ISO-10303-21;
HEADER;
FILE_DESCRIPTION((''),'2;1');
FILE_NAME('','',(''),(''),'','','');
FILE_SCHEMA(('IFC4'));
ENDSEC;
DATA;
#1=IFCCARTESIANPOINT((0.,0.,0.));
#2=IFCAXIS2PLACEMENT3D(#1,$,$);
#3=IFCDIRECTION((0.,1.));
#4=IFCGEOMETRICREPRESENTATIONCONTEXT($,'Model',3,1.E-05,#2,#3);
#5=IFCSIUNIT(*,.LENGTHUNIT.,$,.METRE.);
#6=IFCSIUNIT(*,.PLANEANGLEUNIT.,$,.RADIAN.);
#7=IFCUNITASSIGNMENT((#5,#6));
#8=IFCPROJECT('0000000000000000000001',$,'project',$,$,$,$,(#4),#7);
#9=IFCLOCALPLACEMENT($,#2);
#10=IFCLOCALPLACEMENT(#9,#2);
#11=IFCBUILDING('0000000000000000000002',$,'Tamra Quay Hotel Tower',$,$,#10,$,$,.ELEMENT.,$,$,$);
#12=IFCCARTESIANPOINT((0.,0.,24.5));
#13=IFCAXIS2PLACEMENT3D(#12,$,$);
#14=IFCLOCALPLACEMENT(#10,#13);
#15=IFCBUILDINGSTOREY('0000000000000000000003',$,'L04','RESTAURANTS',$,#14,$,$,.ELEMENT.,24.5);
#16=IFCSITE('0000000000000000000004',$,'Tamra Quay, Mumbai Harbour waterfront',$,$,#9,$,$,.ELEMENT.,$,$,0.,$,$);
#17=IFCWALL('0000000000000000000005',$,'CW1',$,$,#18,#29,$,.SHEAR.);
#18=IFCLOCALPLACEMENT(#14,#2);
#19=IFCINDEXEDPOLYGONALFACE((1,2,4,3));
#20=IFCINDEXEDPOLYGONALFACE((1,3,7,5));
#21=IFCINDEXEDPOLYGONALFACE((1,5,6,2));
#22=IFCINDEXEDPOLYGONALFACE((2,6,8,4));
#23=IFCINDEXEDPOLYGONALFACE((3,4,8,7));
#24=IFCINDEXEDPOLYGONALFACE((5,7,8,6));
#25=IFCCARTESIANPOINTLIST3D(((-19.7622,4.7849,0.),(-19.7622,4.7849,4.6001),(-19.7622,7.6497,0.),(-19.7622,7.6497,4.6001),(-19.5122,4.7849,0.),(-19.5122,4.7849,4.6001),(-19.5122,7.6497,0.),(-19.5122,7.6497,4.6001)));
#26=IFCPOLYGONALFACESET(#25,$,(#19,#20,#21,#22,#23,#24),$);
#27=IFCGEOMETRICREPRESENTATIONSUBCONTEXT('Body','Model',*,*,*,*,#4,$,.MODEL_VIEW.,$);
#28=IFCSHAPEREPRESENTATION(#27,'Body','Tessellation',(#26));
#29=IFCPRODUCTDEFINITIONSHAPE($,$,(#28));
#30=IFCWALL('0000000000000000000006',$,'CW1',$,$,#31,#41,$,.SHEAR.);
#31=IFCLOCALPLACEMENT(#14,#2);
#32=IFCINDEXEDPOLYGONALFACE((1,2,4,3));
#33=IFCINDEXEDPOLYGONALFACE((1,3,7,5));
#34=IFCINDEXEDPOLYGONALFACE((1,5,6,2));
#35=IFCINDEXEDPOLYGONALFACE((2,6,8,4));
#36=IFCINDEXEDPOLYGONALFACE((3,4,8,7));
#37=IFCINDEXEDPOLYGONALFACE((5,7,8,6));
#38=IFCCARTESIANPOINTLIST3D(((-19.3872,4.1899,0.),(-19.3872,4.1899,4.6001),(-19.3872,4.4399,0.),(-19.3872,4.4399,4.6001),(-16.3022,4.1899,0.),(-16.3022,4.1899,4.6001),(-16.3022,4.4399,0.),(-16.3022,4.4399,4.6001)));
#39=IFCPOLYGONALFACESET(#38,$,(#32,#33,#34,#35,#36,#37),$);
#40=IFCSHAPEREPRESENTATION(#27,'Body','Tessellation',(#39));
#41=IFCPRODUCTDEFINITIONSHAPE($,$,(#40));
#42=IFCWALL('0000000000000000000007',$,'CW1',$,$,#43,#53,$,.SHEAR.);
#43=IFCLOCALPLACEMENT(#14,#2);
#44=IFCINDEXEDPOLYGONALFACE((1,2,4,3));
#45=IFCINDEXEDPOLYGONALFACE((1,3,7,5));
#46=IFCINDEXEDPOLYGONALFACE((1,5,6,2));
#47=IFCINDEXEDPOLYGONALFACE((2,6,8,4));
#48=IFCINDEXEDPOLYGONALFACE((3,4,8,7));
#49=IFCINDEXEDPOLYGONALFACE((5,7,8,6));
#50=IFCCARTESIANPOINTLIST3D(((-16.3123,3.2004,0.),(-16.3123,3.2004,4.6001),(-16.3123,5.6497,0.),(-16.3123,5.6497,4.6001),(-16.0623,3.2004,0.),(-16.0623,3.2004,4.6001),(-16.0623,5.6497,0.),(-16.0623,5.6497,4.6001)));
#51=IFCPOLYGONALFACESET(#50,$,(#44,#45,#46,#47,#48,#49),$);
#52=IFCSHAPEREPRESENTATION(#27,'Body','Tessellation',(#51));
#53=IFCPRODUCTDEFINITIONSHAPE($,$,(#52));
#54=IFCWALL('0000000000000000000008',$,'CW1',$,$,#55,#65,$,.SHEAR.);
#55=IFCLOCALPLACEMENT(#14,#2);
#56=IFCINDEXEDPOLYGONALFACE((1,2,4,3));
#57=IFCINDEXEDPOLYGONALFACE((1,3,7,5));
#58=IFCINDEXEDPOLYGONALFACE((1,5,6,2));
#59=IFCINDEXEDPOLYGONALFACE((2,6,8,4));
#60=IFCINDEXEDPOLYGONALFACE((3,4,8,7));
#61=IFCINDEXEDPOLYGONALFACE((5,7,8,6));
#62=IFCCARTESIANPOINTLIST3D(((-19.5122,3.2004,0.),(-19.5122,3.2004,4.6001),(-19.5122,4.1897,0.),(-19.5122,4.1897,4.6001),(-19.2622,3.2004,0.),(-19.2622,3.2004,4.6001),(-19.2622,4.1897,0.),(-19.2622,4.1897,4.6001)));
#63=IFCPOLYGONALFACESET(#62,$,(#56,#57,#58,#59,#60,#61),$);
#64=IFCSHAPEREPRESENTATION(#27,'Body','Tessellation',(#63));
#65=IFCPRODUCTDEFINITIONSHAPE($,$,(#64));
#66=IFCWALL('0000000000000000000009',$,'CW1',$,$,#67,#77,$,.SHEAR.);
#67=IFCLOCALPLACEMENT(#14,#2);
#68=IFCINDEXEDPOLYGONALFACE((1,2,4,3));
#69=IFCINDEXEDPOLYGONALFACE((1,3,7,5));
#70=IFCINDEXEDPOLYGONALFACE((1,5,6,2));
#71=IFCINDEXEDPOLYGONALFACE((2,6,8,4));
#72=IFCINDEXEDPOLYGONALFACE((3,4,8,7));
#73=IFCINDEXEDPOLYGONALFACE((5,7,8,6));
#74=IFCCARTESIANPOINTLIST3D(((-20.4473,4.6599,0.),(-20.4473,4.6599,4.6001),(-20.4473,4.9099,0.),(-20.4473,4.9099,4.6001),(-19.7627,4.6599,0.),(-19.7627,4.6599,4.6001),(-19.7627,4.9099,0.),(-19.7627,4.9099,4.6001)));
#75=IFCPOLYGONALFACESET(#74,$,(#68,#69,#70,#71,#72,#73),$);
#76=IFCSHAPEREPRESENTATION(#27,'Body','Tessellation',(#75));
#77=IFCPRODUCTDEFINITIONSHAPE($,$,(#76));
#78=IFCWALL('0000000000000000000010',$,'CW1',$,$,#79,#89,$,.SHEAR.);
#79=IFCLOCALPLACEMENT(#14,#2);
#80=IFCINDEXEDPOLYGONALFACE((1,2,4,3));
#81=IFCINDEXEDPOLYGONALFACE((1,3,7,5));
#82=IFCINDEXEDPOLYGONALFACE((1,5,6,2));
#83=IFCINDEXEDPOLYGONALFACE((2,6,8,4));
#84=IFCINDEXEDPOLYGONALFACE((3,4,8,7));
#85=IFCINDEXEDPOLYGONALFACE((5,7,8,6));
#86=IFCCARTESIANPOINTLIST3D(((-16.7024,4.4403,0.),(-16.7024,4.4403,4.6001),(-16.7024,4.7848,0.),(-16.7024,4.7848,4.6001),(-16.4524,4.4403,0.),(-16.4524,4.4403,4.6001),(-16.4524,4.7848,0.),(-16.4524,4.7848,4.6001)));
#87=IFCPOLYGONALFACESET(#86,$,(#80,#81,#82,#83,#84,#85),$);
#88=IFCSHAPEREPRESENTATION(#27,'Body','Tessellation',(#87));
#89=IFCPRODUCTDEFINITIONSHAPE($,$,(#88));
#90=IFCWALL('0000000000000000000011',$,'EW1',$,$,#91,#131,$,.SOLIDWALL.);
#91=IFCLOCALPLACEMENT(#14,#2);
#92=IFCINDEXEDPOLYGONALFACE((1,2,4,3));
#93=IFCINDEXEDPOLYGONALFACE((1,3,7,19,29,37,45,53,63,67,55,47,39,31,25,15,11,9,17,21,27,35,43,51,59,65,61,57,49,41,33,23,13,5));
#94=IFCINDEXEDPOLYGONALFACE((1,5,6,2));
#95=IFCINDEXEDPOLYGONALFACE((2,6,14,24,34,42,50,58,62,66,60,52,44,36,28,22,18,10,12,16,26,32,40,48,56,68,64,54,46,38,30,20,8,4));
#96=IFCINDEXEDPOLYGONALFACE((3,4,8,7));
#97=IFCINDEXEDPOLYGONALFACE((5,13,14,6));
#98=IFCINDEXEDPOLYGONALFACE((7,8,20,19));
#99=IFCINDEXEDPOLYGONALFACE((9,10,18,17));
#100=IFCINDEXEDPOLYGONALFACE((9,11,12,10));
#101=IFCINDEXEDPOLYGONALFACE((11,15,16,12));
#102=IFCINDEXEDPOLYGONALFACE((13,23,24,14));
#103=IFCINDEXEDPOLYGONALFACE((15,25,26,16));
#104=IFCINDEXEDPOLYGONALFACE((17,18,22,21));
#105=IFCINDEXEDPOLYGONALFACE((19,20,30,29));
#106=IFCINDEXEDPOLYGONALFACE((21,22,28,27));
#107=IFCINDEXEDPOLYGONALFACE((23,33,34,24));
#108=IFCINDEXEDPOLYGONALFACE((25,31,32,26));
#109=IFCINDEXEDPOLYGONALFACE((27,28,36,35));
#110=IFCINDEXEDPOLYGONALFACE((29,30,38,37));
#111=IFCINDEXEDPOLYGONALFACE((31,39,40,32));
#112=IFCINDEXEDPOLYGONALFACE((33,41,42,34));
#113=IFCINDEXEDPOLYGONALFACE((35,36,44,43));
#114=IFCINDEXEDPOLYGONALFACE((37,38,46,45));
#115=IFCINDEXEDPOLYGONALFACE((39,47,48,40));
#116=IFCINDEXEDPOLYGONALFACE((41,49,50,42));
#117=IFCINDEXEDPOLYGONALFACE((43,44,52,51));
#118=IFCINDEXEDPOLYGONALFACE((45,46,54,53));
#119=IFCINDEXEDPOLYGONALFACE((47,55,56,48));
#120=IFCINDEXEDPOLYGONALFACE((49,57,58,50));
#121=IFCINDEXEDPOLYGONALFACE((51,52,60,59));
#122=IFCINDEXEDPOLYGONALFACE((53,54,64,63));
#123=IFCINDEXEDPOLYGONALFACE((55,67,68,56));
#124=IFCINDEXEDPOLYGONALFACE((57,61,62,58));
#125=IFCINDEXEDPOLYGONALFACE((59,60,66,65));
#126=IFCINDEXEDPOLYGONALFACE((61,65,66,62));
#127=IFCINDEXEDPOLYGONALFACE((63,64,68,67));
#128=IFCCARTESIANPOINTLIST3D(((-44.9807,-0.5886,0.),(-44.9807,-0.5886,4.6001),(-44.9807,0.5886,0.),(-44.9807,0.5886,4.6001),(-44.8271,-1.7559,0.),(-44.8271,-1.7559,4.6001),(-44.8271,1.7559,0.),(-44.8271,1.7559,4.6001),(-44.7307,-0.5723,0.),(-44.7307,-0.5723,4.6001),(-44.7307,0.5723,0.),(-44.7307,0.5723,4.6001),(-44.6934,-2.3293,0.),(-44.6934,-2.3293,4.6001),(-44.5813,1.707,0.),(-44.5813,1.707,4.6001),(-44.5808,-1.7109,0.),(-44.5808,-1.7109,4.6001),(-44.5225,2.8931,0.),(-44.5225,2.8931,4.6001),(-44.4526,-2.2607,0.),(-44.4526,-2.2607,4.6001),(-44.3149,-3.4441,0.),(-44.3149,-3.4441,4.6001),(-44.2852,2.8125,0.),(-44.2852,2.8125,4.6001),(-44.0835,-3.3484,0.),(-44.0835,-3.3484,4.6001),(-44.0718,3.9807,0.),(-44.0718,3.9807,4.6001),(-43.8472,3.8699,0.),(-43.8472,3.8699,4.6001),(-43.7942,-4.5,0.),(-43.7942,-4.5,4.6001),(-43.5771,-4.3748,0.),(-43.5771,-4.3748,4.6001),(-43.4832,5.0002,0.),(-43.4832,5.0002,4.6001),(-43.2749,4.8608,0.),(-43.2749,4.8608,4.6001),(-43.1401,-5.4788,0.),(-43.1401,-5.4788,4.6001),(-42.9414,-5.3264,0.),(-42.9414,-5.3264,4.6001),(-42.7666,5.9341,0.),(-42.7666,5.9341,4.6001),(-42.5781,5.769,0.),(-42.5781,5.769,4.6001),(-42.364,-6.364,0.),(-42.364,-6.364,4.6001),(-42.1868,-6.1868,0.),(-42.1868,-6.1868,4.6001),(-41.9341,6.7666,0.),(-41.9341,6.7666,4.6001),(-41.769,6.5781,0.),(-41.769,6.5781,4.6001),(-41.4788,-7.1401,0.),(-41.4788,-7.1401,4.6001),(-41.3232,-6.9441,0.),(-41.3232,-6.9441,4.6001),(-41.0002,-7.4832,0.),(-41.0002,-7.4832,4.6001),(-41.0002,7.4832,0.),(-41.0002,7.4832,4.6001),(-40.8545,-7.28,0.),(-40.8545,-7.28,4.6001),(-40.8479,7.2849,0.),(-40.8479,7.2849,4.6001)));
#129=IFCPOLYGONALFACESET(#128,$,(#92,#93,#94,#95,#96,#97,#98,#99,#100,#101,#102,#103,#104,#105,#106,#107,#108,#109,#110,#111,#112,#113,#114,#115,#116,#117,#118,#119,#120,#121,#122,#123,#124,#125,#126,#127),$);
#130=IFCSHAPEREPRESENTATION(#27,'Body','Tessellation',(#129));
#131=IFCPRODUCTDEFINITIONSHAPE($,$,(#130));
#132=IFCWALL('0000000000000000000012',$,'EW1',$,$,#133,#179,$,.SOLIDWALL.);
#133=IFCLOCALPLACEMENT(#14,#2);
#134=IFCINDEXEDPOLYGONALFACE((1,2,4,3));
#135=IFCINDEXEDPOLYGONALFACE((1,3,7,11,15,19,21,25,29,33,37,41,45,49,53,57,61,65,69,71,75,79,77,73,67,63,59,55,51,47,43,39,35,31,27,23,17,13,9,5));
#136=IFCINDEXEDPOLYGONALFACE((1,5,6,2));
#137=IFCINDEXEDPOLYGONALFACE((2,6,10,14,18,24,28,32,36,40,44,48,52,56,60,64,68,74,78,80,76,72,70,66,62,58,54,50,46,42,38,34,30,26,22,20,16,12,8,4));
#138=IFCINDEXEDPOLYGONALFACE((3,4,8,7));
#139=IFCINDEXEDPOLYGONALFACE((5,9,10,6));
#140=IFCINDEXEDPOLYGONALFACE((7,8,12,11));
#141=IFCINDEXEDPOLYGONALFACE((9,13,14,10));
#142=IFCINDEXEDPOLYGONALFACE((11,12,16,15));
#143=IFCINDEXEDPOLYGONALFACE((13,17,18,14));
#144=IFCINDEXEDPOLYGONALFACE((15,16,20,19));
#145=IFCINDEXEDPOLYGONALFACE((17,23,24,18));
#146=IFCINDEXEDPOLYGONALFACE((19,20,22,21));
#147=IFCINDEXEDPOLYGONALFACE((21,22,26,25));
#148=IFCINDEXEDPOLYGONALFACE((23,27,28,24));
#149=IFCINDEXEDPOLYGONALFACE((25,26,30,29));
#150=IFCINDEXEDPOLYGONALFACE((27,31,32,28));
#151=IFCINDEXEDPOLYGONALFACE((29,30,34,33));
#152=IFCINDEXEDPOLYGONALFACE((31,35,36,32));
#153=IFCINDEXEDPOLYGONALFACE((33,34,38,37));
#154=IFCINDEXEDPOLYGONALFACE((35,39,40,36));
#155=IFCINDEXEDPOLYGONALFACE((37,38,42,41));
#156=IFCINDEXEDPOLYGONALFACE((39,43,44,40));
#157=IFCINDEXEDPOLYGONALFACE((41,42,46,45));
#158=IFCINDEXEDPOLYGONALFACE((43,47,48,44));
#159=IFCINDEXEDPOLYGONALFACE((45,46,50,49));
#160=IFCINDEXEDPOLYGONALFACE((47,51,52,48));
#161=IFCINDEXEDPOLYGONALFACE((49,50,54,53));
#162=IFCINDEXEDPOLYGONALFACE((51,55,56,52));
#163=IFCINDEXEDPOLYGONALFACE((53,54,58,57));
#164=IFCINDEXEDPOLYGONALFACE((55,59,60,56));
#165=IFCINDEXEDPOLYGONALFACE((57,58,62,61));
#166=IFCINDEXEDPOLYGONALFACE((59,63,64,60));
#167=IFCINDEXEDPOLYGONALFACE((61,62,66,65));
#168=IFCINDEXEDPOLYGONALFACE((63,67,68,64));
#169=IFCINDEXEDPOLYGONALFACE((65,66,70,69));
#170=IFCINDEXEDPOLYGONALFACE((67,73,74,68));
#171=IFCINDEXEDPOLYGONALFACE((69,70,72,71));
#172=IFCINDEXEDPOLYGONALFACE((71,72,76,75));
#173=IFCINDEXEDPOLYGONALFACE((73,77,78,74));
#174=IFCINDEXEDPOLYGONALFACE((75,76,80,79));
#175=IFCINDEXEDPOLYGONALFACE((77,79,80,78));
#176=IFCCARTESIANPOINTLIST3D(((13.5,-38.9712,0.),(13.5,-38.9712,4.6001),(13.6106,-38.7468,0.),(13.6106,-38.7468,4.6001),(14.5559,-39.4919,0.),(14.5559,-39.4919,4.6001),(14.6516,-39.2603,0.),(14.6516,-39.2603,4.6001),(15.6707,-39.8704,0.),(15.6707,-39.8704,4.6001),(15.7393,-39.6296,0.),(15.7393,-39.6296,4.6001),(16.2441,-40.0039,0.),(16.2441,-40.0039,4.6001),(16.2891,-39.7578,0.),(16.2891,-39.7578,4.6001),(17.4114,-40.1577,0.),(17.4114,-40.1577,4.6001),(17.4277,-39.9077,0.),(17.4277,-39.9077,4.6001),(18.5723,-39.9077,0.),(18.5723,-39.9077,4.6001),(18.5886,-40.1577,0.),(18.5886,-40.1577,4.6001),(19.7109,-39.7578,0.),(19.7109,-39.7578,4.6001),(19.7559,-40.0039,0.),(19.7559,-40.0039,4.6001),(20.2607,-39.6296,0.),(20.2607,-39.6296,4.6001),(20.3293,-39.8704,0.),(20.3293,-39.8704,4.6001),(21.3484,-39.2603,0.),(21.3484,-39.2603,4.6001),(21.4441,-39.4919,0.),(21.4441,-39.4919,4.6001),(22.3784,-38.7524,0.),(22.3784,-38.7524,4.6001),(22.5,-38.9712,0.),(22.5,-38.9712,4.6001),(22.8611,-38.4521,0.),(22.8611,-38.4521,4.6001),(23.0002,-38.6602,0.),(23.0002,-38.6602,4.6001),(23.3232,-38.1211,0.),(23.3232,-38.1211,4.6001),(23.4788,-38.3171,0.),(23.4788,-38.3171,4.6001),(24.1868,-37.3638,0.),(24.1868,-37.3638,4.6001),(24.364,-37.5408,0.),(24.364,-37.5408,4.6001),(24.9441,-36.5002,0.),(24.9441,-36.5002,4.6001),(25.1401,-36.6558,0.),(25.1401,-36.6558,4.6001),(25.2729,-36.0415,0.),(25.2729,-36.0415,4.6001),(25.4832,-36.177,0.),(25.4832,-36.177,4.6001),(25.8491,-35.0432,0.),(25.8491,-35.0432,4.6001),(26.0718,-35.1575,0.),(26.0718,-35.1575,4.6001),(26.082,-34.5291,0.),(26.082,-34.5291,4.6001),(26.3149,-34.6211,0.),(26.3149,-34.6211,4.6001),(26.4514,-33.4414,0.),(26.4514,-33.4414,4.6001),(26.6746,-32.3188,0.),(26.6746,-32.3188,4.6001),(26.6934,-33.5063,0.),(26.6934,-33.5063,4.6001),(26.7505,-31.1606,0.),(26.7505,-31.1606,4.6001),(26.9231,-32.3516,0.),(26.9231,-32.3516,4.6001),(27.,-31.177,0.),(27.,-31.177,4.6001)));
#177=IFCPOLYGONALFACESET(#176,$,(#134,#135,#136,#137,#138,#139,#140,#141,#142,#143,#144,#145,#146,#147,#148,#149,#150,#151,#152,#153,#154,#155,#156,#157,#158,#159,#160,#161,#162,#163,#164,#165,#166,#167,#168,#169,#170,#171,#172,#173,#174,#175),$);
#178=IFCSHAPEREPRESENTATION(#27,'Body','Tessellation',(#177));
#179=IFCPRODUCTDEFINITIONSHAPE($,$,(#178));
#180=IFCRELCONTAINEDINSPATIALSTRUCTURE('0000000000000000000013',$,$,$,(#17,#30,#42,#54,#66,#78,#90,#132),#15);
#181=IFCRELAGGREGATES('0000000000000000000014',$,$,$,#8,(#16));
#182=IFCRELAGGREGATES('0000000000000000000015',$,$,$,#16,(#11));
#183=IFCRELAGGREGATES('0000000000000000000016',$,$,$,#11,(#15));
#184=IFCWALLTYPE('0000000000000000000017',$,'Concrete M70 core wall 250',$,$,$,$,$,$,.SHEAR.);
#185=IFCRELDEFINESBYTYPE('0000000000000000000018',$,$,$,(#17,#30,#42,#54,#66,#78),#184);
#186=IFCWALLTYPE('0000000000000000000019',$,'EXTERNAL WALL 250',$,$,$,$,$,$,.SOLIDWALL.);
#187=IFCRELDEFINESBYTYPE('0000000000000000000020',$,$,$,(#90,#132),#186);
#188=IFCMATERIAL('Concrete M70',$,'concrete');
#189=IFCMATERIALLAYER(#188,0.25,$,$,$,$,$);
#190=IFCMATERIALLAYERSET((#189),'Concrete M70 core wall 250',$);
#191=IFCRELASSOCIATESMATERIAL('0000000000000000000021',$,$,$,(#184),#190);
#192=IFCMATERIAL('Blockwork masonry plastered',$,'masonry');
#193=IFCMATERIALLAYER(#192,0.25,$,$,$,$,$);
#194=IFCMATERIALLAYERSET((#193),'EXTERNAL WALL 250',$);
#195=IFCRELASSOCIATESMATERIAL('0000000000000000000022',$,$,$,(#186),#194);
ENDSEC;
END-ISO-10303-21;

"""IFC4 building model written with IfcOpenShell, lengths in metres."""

from ifc_helpers import new_model, si_unit, direction, frame, frame_2d, origin, place, context, subcontext, project, spatial, polyline, rectangle, outline, extrude, material, layer, layer_set, type_object, element, save


model = new_model("IFC4")

# Units and contexts
model_context = context("Model", 3, precision=1e-05, world=origin(), true_north=direction((0.0, 1.0)))
body_context = subcontext(model_context, "Body", "Model", "MODEL_VIEW")
ifc_project = project(units=[si_unit("LENGTHUNIT", "METRE"), si_unit("PLANEANGLEUNIT", "RADIAN")], contexts=[model_context])

# Site, building, storey
site_placement = place(None, origin())
site = spatial("IfcSite", under=ifc_project, at=site_placement, Name="Tamra Quay, Mumbai Harbour waterfront", CompositionType="ELEMENT", RefElevation=0.0)
building_placement = place(site_placement, origin())
building = spatial("IfcBuilding", under=site, at=building_placement, Name="Tamra Quay Hotel Tower", CompositionType="ELEMENT")
storey_placement = place(building_placement, frame((0.0, 0.0, 24.5)))
storey = spatial("IfcBuildingStorey", under=building, at=storey_placement, Name="L04", Description="RESTAURANTS", CompositionType="ELEMENT", Elevation=24.5)

# Shared definitions
ifc_material_1 = material(Name="Concrete M70", Category="concrete")

# Shared definitions
ifc_layer_1 = layer(ifc_material_1, 0.25)
ifc_layer_set_1 = layer_set([ifc_layer_1], Name="Concrete M70 core wall 250")
wall_type_1 = type_object("IfcWallType", Name="Concrete M70 core wall 250", PredefinedType="SHEAR", material=ifc_layer_set_1)

# Walls
for number, where, z_axis, x_axis, name in (
    (1, (-19.6372, 4.7849, 0.0), (0.0, 0.0, 1.0), (0.0, 1.0, 0.0), "CW1"),
):
    element("IfcWall", number, at=place(storey_placement, frame(where, z_axis=z_axis, x_axis=x_axis)), inside=storey, type_object=wall_type_1, Name=name, PredefinedType="SHEAR", context=body_context, shape_type="SweptSolid", body=[
        extrude(rectangle(XDim=2.8647, YDim=0.25, at=frame_2d((1.4324, 0.0))), origin(), (0.0, 0.0, 1.0), 4.6001),
    ])
wall_1_placement = place(storey_placement, frame((-16.3022, 4.3149, 0.0), z_axis=(0.0, 0.0, 1.0), x_axis=(-1.0, 0.0, 0.0)))
element("IfcWall", 2, at=wall_1_placement, inside=storey, type_object=wall_type_1, Name="CW1", PredefinedType="SHEAR", context=body_context, shape_type="SweptSolid", body=[
    extrude(rectangle(XDim=3.085, YDim=0.25, at=frame_2d((1.5425, 0.0))), origin(), (0.0, 0.0, 1.0), 4.6001),
])
wall_2_placement = place(storey_placement, frame((-16.1873, 3.2004, 0.0), z_axis=(0.0, 0.0, 1.0), x_axis=(0.0, 1.0, 0.0)))
element("IfcWall", 3, at=wall_2_placement, inside=storey, type_object=wall_type_1, Name="CW1", PredefinedType="SHEAR", context=body_context, shape_type="SweptSolid", body=[
    extrude(rectangle(XDim=2.4492, YDim=0.25, at=frame_2d((1.2246, 0.0))), origin(), (0.0, 0.0, 1.0), 4.6001),
])
wall_3_placement = place(storey_placement, frame((-19.3872, 4.1897, 0.0), z_axis=(0.0, 0.0, 1.0), x_axis=(0.0, -1.0, 0.0)))
element("IfcWall", 4, at=wall_3_placement, inside=storey, type_object=wall_type_1, Name="CW1", PredefinedType="SHEAR", context=body_context, shape_type="SweptSolid", body=[
    extrude(rectangle(XDim=0.9893, YDim=0.25, at=frame_2d((0.4946, 0.0))), origin(), (0.0, 0.0, 1.0), 4.6001),
])
wall_4_placement = place(storey_placement, frame((-20.4473, 4.7849, 0.0), z_axis=(0.0, 0.0, 1.0), x_axis=(1.0, 0.0, 0.0)))
element("IfcWall", 5, at=wall_4_placement, inside=storey, type_object=wall_type_1, Name="CW1", PredefinedType="SHEAR", context=body_context, shape_type="SweptSolid", body=[
    extrude(rectangle(XDim=0.6846, YDim=0.25, at=frame_2d((0.3423, 0.0))), origin(), (0.0, 0.0, 1.0), 4.6001),
])
wall_5_placement = place(storey_placement, frame((-16.5774, 4.7849, 0.0), z_axis=(0.0, 0.0, 1.0), x_axis=(0.0, -1.0, 0.0)))
element("IfcWall", 6, at=wall_5_placement, inside=storey, type_object=wall_type_1, Name="CW1", PredefinedType="SHEAR", context=body_context, shape_type="SweptSolid", body=[
    extrude(rectangle(XDim=0.3445, YDim=0.25, at=frame_2d((0.1724, 0.0))), origin(), (0.0, 0.0, 1.0), 4.6001),
])
ifc_material_2 = material(Name="Blockwork masonry plastered", Category="masonry")
ifc_layer_2 = layer(ifc_material_2, 0.25)
ifc_layer_set_2 = layer_set([ifc_layer_2], Name="EXTERNAL WALL 250")
wall_type_2 = type_object("IfcWallType", Name="EXTERNAL WALL 250", PredefinedType="SOLIDWALL", material=ifc_layer_set_2)
wall_6_placement = place(storey_placement, origin())
element("IfcWall", 7, at=wall_6_placement, inside=storey, type_object=wall_type_2, Name="EW1", PredefinedType="SOLIDWALL", context=body_context, shape_type="SweptSolid", body=[
    extrude(outline(polyline([(-41.0002, 7.4832), (-41.9341, 6.7666), (-42.7666, 5.9341), (-43.4832, 5.0002), (-44.0718, 3.9807), (-44.5225, 2.8931), (-44.8271, 1.7559), (-44.9807, 0.5886), (-44.9807, -0.5886), (-44.8271, -1.7559), (-44.6934, -2.3293), (-44.3149, -3.4441), (-43.7942, -4.5), (-43.1401, -5.4788), (-42.364, -6.364), (-41.4788, -7.1401), (-41.0002, -7.4832), (-40.8545, -7.28), (-41.3232, -6.9441), (-42.1868, -6.1868), (-42.9414, -5.3264), (-43.5771, -4.3748), (-44.0835, -3.3484), (-44.4526, -2.2607), (-44.5808, -1.7109), (-44.7307, -0.5723), (-44.7307, 0.5723), (-44.5813, 1.707), (-44.2852, 2.8125), (-43.8472, 3.8699), (-43.2749, 4.8608), (-42.5781, 5.769), (-41.769, 6.5781), (-40.8479, 7.2849), (-41.0002, 7.4832)])), origin(), (0.0, 0.0, 1.0), 4.6001),
])
wall_7_placement = place(storey_placement, origin())
element("IfcWall", 8, at=wall_7_placement, inside=storey, type_object=wall_type_2, Name="EW1", PredefinedType="SOLIDWALL", context=body_context, shape_type="SweptSolid", body=[
    extrude(outline(polyline([(13.5, -38.9712), (14.5559, -39.4919), (15.6707, -39.8704), (16.2441, -40.0039), (17.4114, -40.1577), (18.5886, -40.1577), (19.7559, -40.0039), (20.3293, -39.8704), (21.4441, -39.4919), (22.5, -38.9712), (23.0002, -38.6602), (23.4788, -38.3171), (24.364, -37.5408), (25.1401, -36.6558), (25.4832, -36.177), (26.0718, -35.1575), (26.3149, -34.6211), (26.6934, -33.5063), (26.9231, -32.3516), (27.0, -31.177), (26.7505, -31.1606), (26.6746, -32.3188), (26.4514, -33.4414), (26.082, -34.5291), (25.8491, -35.0432), (25.2729, -36.0415), (24.9441, -36.5002), (24.1868, -37.3638), (23.3232, -38.1211), (22.8611, -38.4521), (22.3784, -38.7524), (21.3484, -39.2603), (20.2607, -39.6296), (19.7109, -39.7578), (18.5723, -39.9077), (17.4277, -39.9077), (16.2891, -39.7578), (15.7393, -39.6296), (14.6516, -39.2603), (13.6106, -38.7468), (13.5, -38.9712)])), origin(), (0.0, 0.0, 1.0), 4.6001),
])

save(model, "model.ifc")
